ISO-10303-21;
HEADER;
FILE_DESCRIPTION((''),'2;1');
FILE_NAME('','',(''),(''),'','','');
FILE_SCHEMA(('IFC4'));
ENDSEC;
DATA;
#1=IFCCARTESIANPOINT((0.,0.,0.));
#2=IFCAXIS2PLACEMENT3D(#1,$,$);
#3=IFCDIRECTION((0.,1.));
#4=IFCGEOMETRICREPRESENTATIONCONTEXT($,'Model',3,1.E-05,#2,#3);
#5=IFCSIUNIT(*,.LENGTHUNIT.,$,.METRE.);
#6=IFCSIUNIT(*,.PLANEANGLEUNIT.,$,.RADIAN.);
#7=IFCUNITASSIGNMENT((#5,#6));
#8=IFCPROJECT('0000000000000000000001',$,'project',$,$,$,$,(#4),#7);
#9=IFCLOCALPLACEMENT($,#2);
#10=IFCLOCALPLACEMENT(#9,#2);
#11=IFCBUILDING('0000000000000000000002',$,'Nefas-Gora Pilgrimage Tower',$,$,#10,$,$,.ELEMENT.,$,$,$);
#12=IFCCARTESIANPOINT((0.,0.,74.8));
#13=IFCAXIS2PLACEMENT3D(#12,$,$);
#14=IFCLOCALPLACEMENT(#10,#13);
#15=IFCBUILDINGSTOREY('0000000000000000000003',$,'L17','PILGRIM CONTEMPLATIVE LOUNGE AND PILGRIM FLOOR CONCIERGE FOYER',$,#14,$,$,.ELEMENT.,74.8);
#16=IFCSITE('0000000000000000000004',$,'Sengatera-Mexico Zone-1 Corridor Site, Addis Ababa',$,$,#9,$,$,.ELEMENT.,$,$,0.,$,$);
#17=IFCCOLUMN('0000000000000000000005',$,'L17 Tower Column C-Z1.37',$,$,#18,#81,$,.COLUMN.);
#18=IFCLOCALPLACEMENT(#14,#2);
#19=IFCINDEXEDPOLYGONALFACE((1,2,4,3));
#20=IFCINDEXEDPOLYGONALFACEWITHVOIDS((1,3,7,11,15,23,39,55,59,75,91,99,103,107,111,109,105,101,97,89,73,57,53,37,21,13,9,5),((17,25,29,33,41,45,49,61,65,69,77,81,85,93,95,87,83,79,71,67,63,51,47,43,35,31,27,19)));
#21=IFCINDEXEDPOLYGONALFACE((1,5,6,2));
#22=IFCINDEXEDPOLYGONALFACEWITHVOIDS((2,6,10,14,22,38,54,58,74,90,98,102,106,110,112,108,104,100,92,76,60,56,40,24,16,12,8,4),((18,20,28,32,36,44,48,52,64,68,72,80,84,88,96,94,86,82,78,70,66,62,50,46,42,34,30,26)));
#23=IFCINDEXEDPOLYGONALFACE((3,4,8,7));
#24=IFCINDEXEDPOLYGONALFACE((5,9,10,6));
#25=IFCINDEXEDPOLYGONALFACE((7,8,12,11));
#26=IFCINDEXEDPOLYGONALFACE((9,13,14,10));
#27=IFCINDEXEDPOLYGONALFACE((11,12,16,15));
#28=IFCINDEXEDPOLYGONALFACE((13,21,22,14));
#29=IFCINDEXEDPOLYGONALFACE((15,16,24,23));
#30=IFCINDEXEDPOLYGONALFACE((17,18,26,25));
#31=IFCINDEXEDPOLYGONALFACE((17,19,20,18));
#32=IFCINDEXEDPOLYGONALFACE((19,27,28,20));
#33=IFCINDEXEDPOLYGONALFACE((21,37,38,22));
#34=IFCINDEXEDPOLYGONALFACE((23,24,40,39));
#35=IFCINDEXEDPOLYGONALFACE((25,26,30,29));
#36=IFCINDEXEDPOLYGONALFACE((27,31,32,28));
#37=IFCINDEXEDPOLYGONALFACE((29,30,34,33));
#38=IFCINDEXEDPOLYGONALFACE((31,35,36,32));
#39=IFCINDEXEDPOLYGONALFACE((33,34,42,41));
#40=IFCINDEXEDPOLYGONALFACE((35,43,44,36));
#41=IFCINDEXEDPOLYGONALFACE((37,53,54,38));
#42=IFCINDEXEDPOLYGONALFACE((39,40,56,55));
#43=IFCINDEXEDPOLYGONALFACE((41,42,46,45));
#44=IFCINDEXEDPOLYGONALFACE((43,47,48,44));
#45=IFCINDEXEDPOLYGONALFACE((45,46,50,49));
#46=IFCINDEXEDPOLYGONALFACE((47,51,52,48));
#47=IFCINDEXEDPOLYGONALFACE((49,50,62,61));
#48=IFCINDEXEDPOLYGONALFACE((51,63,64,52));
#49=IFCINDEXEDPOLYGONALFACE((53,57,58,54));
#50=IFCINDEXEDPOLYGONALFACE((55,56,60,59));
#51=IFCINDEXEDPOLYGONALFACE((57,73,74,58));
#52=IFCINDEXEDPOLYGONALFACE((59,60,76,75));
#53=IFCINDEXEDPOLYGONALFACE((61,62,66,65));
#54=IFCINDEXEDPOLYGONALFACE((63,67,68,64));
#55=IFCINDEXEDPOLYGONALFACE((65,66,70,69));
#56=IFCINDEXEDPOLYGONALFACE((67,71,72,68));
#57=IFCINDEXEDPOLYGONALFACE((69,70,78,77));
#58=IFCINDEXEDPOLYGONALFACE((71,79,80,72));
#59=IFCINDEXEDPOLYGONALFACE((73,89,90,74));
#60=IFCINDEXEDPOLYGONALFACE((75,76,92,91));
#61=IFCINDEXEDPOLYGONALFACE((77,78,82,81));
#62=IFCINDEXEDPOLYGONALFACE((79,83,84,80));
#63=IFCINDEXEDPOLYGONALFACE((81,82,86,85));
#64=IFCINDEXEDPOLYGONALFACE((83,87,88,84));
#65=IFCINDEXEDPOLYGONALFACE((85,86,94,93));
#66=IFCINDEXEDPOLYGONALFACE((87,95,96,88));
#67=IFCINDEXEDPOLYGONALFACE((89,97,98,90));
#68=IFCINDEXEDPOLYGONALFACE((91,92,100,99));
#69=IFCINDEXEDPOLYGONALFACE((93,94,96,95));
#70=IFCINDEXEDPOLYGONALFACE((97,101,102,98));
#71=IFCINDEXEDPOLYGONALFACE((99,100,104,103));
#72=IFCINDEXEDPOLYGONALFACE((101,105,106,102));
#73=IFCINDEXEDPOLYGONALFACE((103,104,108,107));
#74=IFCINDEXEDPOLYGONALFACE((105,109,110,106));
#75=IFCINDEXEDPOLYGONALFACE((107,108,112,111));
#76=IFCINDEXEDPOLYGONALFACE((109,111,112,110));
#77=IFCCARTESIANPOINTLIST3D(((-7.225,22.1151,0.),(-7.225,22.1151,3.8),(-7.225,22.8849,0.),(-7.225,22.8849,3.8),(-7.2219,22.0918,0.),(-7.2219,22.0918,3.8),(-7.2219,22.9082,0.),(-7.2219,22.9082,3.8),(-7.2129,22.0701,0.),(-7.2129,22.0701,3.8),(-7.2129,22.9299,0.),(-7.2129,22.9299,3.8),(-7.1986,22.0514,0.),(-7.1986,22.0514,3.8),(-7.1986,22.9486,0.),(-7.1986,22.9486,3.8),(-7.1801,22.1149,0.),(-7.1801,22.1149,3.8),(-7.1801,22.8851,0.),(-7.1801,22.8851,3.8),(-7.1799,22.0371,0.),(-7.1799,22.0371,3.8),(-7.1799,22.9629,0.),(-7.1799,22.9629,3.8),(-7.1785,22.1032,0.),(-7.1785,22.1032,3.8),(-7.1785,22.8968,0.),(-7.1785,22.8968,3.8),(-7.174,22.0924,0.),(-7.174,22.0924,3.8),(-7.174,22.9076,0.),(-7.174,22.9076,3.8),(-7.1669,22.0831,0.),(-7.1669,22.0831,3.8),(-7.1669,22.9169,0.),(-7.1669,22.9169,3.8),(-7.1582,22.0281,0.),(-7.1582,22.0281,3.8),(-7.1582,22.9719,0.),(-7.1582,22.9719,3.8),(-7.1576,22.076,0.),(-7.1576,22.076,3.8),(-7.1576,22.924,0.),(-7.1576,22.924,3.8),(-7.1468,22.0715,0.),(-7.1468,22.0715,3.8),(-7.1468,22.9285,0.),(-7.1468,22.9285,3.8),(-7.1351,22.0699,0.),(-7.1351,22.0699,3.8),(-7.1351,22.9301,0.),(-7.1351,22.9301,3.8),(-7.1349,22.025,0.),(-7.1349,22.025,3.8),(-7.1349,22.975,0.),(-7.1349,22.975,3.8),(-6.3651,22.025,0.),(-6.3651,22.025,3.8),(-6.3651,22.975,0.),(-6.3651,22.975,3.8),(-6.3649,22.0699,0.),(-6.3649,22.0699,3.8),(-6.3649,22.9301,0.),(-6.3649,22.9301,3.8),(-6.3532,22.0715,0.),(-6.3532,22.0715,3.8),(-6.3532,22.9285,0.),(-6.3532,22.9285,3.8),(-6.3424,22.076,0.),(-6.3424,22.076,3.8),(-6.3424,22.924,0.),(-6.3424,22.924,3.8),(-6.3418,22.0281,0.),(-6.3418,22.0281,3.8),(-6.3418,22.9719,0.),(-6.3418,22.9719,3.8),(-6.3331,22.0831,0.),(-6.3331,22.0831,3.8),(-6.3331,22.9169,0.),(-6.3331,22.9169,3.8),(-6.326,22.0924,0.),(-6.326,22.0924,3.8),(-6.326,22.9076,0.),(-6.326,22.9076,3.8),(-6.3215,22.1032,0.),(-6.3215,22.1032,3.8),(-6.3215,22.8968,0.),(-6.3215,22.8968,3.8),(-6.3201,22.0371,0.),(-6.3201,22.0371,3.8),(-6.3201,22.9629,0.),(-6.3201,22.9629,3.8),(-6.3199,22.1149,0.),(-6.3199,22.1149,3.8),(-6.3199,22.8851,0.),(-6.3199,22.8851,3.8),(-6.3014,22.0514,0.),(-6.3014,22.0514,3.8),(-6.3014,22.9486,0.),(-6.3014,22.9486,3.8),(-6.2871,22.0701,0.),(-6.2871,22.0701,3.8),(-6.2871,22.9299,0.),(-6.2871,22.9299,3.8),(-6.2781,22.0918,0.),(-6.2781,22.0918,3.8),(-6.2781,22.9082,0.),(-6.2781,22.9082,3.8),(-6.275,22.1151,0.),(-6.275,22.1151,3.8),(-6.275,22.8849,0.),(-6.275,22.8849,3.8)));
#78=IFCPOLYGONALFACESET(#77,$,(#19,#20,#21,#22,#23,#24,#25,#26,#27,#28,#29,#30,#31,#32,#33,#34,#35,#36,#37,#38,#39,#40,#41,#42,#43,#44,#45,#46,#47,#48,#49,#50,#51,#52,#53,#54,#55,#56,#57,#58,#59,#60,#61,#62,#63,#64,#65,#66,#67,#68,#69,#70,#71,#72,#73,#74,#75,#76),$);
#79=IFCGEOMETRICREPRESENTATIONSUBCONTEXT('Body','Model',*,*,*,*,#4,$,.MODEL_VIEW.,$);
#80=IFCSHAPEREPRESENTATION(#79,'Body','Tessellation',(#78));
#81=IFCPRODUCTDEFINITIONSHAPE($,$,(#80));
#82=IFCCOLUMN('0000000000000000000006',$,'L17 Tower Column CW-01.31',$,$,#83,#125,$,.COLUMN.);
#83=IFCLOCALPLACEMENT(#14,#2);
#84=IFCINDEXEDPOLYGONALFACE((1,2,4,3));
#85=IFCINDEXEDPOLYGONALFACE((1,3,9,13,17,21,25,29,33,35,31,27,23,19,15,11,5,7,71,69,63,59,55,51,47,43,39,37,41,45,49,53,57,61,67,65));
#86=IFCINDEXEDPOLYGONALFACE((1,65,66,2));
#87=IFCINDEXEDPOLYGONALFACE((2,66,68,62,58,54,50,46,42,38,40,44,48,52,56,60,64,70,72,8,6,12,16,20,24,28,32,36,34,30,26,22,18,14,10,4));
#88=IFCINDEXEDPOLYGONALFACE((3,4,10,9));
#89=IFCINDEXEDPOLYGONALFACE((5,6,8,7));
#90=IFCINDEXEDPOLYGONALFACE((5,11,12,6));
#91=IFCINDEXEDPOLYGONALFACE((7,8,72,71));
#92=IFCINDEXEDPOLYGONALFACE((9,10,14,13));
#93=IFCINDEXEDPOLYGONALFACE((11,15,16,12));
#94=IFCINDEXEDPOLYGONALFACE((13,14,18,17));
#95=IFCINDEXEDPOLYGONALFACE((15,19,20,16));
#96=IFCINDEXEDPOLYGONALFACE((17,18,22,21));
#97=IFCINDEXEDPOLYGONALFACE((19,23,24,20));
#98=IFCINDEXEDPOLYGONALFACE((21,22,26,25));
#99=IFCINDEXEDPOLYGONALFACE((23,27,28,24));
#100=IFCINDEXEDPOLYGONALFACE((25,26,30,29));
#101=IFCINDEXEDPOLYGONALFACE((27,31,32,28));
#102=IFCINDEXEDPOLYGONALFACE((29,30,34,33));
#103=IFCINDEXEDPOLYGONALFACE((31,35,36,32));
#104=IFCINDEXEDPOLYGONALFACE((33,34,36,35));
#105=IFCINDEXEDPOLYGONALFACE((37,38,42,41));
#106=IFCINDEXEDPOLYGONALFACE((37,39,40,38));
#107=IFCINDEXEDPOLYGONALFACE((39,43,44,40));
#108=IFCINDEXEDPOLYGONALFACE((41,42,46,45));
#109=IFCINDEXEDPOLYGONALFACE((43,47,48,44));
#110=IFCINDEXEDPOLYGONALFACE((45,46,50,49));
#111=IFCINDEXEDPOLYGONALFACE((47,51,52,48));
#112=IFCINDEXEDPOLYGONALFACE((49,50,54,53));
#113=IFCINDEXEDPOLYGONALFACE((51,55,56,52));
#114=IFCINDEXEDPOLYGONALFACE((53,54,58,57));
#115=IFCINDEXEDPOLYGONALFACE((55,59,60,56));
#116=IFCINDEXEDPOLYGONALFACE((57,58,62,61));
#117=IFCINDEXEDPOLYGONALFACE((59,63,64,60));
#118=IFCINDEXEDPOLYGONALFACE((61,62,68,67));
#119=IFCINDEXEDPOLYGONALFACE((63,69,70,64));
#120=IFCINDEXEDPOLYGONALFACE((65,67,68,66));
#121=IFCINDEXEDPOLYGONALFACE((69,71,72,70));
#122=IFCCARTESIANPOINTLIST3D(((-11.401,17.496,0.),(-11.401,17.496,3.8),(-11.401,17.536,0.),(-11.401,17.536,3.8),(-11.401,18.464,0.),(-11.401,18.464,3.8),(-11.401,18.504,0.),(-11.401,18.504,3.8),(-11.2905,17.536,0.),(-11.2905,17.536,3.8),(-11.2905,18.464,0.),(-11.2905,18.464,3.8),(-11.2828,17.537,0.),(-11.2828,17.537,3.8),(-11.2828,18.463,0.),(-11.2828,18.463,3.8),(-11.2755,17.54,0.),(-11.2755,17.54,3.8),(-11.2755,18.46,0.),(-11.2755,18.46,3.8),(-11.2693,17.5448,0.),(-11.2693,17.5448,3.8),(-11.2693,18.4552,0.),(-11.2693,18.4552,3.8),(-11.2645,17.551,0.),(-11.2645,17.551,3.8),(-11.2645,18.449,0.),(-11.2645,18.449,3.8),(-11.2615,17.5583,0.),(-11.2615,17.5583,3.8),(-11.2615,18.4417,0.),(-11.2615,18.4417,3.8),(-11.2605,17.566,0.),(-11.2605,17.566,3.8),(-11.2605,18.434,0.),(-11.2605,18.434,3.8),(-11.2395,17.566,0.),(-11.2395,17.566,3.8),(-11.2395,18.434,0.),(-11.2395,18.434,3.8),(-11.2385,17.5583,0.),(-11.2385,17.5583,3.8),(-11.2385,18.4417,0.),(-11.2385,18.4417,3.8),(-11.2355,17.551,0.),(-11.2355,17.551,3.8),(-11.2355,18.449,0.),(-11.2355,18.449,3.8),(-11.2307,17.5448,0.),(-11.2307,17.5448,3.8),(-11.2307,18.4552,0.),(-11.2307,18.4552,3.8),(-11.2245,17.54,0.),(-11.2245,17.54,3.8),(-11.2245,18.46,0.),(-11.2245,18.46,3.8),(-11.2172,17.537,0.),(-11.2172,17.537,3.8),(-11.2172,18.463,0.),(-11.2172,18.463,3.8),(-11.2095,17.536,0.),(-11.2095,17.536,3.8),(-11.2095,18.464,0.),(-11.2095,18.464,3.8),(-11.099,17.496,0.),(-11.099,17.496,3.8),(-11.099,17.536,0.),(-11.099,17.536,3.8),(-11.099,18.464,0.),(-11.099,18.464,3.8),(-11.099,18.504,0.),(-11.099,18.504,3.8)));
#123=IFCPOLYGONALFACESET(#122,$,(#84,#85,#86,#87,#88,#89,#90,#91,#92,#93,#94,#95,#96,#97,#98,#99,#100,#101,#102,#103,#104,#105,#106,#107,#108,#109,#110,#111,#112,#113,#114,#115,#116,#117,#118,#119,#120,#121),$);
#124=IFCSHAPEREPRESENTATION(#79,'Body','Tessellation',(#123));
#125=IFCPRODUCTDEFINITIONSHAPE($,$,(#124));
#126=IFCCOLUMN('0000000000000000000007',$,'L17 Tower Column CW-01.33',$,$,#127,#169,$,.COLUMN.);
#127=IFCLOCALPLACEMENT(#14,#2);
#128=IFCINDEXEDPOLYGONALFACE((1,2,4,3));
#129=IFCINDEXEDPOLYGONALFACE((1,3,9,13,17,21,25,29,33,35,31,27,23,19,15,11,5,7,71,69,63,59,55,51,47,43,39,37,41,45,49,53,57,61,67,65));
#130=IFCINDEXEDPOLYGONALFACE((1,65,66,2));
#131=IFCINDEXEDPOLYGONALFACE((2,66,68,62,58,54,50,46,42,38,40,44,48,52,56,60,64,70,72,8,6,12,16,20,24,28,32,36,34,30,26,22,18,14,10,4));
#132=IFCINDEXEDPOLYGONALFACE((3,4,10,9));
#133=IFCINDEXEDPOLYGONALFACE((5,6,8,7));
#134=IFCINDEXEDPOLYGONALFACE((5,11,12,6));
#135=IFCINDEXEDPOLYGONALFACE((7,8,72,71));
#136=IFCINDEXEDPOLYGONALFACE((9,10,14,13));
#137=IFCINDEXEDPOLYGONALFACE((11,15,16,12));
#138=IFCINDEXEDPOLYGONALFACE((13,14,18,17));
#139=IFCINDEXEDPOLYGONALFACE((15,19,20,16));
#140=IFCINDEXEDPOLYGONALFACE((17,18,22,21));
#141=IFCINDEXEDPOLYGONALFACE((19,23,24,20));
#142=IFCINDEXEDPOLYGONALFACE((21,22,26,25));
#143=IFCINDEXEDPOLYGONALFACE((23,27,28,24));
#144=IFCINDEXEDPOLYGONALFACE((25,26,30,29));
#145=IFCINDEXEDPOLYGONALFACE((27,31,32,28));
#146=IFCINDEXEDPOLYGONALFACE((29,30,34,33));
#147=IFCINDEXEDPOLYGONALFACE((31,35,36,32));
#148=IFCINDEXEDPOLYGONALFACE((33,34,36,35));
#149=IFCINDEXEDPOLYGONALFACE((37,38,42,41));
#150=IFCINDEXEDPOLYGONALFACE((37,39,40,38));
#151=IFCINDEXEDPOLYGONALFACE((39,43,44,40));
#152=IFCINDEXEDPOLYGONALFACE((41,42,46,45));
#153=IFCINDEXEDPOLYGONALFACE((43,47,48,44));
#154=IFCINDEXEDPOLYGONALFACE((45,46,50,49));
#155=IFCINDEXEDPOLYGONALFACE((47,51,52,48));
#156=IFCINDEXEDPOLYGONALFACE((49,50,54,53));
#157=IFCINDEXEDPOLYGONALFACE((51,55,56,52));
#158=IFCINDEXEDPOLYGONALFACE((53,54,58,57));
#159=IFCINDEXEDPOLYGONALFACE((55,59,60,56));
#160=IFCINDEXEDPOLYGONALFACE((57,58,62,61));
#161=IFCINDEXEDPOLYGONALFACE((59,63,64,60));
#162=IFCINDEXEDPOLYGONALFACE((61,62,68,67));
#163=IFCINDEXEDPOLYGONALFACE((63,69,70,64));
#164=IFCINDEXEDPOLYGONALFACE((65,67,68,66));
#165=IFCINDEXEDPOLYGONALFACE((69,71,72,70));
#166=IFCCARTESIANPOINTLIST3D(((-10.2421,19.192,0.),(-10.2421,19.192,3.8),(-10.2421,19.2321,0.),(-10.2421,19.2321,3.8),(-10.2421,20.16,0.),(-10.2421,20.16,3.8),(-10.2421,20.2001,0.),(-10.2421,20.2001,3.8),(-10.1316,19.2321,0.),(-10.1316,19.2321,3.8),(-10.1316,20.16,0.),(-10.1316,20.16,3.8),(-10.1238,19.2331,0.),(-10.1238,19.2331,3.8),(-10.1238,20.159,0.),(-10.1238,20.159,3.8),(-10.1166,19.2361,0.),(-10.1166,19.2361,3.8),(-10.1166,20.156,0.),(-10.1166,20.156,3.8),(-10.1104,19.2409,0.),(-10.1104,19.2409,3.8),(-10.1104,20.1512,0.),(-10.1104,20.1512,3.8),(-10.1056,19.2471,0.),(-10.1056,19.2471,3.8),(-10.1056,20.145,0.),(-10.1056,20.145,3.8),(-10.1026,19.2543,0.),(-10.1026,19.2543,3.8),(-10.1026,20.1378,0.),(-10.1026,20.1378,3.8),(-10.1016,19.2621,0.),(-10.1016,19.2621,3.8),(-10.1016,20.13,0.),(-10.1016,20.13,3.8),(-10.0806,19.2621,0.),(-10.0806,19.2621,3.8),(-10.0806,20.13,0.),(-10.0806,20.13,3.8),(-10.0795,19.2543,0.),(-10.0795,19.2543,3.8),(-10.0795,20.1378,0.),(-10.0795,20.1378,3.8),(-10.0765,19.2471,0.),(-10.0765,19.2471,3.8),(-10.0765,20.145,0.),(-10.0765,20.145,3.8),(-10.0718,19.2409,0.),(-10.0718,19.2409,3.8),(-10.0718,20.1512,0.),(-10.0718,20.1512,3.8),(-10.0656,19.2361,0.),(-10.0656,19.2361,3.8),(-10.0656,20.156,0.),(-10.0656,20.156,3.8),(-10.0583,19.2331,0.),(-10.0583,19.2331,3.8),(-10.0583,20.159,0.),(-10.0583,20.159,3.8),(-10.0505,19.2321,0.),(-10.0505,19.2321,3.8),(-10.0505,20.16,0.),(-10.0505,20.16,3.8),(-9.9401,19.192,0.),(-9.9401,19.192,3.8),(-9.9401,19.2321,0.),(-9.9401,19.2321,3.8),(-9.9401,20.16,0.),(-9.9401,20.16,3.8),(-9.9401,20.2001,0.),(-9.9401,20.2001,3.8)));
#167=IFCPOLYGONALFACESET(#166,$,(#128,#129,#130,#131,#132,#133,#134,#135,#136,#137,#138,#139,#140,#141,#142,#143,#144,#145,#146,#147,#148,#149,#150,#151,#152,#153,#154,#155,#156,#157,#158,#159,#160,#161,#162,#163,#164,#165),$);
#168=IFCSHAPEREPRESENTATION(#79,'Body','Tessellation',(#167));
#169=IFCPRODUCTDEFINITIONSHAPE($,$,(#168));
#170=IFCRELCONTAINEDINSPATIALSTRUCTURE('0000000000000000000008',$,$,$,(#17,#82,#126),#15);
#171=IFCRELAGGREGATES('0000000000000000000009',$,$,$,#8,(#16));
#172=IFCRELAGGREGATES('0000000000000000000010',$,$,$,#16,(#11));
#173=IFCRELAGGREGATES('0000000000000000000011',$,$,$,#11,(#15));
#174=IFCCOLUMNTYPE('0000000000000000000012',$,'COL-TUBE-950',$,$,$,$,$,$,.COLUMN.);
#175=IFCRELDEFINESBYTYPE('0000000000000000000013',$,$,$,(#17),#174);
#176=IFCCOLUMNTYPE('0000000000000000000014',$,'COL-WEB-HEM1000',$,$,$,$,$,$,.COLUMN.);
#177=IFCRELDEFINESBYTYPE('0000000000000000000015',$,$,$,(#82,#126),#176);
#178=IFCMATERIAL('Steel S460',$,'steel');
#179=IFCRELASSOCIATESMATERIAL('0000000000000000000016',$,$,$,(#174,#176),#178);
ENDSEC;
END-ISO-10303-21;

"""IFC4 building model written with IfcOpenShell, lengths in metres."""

from ifc_helpers import new_model, si_unit, direction, frame, origin, origin_2d, place, context, subcontext, project, spatial, hollow_rectangle, i_section, extrude, source, transform, mapped, material, material_profile, profile_set, type_object, element, save


model = new_model("IFC4")

# Units and contexts
model_context = context("Model", 3, precision=1e-05, world=origin(), true_north=direction((0.0, 1.0)))
body_context = subcontext(model_context, "Body", "Model", "MODEL_VIEW")
ifc_project = project(units=[si_unit("LENGTHUNIT", "METRE"), si_unit("PLANEANGLEUNIT", "RADIAN")], contexts=[model_context])

# Site, building, storey
site_placement = place(None, origin())
site = spatial("IfcSite", under=ifc_project, at=site_placement, Name="Sengatera-Mexico Zone-1 Corridor Site, Addis Ababa", CompositionType="ELEMENT", RefElevation=0.0)
building_placement = place(site_placement, origin())
building = spatial("IfcBuilding", under=site, at=building_placement, Name="Nefas-Gora Pilgrimage Tower", CompositionType="ELEMENT")
storey_placement = place(building_placement, frame((0.0, 0.0, 74.8)))
storey = spatial("IfcBuildingStorey", under=building, at=storey_placement, Name="L17", Description="PILGRIM CONTEMPLATIVE LOUNGE AND PILGRIM FLOOR CONCIERGE FOYER", CompositionType="ELEMENT", Elevation=74.8)

# Columns
ifc_material_1 = material(Name="Steel S460", Category="steel")
ifc_material_profile_1 = material_profile(ifc_material_1, hollow_rectangle(XDim=0.95, YDim=0.95, WallThickness=0.0449, InnerFilletRadius=0.0449, OuterFilletRadius=0.0901, at=origin_2d()), Name="BOX 950x950x45")
ifc_profile_set_1 = profile_set([ifc_material_profile_1], Name="Steel S460")
column_type_1 = type_object("IfcColumnType", Name="COL-TUBE-950", PredefinedType="COLUMN", material=ifc_profile_set_1)
shared_shape_1 = source(origin(), body_context, "Body", "SweptSolid", [
    extrude(hollow_rectangle(XDim=0.95, YDim=0.95, WallThickness=0.0449, InnerFilletRadius=0.0449, OuterFilletRadius=0.0901, at=origin_2d()), origin(), (0.0, 0.0, 1.0), 3.8),
])
column_placement = place(storey_placement, frame((-6.75, 22.5, 0.0), z_axis=(0.0, 0.0, 1.0), x_axis=(1.0, 0.0, 0.0)))
element("IfcColumn", 1, at=column_placement, inside=storey, type_object=column_type_1, Name="L17 Tower Column C-Z1.37", PredefinedType="COLUMN", context=body_context, shape_type="MappedRepresentation", body=[
    mapped(shared_shape_1, transform((0.0, 0.0, 0.0), x_axis=(1.0, 0.0, 0.0), y_axis=(0.0, 1.0, 0.0), z_axis=(0.0, 0.0, 1.0), scale=1.0)),
])
ifc_material_profile_2 = material_profile(ifc_material_1, i_section(OverallWidth=0.302, OverallDepth=1.0081, WebThickness=0.021, FlangeThickness=0.04, FilletRadius=0.03, at=origin_2d()), Name="HEM 1000")
ifc_profile_set_2 = profile_set([ifc_material_profile_2], Name="Steel S460")
column_type_2 = type_object("IfcColumnType", Name="COL-WEB-HEM1000", PredefinedType="COLUMN", material=ifc_profile_set_2)
shared_shape_2 = source(origin(), body_context, "Body", "SweptSolid", [
    extrude(i_section(OverallWidth=0.302, OverallDepth=1.0081, WebThickness=0.021, FlangeThickness=0.04, FilletRadius=0.03, at=origin_2d()), origin(), (0.0, 0.0, 1.0), 3.8),
])
for number, where, z_axis, x_axis, name in (
    (2, (-11.25, 18.0, 0.0), (0.0, 0.0, 1.0), (1.0, 0.0, 0.0), "L17 Tower Column CW-01.31"),
    (3, (-10.0911, 19.696, 0.0), (0.0, 0.0, 1.0), (1.0, 0.0, 0.0), "L17 Tower Column CW-01.33"),
):
    element("IfcColumn", number, at=place(storey_placement, frame(where, z_axis=z_axis, x_axis=x_axis)), inside=storey, type_object=column_type_2, Name=name, PredefinedType="COLUMN", context=body_context, shape_type="MappedRepresentation", body=[
        mapped(shared_shape_2, transform((0.0, 0.0, 0.0), x_axis=(1.0, 0.0, 0.0), y_axis=(0.0, 1.0, 0.0), z_axis=(0.0, 0.0, 1.0), scale=1.0)),
    ])

save(model, "model.ifc")
